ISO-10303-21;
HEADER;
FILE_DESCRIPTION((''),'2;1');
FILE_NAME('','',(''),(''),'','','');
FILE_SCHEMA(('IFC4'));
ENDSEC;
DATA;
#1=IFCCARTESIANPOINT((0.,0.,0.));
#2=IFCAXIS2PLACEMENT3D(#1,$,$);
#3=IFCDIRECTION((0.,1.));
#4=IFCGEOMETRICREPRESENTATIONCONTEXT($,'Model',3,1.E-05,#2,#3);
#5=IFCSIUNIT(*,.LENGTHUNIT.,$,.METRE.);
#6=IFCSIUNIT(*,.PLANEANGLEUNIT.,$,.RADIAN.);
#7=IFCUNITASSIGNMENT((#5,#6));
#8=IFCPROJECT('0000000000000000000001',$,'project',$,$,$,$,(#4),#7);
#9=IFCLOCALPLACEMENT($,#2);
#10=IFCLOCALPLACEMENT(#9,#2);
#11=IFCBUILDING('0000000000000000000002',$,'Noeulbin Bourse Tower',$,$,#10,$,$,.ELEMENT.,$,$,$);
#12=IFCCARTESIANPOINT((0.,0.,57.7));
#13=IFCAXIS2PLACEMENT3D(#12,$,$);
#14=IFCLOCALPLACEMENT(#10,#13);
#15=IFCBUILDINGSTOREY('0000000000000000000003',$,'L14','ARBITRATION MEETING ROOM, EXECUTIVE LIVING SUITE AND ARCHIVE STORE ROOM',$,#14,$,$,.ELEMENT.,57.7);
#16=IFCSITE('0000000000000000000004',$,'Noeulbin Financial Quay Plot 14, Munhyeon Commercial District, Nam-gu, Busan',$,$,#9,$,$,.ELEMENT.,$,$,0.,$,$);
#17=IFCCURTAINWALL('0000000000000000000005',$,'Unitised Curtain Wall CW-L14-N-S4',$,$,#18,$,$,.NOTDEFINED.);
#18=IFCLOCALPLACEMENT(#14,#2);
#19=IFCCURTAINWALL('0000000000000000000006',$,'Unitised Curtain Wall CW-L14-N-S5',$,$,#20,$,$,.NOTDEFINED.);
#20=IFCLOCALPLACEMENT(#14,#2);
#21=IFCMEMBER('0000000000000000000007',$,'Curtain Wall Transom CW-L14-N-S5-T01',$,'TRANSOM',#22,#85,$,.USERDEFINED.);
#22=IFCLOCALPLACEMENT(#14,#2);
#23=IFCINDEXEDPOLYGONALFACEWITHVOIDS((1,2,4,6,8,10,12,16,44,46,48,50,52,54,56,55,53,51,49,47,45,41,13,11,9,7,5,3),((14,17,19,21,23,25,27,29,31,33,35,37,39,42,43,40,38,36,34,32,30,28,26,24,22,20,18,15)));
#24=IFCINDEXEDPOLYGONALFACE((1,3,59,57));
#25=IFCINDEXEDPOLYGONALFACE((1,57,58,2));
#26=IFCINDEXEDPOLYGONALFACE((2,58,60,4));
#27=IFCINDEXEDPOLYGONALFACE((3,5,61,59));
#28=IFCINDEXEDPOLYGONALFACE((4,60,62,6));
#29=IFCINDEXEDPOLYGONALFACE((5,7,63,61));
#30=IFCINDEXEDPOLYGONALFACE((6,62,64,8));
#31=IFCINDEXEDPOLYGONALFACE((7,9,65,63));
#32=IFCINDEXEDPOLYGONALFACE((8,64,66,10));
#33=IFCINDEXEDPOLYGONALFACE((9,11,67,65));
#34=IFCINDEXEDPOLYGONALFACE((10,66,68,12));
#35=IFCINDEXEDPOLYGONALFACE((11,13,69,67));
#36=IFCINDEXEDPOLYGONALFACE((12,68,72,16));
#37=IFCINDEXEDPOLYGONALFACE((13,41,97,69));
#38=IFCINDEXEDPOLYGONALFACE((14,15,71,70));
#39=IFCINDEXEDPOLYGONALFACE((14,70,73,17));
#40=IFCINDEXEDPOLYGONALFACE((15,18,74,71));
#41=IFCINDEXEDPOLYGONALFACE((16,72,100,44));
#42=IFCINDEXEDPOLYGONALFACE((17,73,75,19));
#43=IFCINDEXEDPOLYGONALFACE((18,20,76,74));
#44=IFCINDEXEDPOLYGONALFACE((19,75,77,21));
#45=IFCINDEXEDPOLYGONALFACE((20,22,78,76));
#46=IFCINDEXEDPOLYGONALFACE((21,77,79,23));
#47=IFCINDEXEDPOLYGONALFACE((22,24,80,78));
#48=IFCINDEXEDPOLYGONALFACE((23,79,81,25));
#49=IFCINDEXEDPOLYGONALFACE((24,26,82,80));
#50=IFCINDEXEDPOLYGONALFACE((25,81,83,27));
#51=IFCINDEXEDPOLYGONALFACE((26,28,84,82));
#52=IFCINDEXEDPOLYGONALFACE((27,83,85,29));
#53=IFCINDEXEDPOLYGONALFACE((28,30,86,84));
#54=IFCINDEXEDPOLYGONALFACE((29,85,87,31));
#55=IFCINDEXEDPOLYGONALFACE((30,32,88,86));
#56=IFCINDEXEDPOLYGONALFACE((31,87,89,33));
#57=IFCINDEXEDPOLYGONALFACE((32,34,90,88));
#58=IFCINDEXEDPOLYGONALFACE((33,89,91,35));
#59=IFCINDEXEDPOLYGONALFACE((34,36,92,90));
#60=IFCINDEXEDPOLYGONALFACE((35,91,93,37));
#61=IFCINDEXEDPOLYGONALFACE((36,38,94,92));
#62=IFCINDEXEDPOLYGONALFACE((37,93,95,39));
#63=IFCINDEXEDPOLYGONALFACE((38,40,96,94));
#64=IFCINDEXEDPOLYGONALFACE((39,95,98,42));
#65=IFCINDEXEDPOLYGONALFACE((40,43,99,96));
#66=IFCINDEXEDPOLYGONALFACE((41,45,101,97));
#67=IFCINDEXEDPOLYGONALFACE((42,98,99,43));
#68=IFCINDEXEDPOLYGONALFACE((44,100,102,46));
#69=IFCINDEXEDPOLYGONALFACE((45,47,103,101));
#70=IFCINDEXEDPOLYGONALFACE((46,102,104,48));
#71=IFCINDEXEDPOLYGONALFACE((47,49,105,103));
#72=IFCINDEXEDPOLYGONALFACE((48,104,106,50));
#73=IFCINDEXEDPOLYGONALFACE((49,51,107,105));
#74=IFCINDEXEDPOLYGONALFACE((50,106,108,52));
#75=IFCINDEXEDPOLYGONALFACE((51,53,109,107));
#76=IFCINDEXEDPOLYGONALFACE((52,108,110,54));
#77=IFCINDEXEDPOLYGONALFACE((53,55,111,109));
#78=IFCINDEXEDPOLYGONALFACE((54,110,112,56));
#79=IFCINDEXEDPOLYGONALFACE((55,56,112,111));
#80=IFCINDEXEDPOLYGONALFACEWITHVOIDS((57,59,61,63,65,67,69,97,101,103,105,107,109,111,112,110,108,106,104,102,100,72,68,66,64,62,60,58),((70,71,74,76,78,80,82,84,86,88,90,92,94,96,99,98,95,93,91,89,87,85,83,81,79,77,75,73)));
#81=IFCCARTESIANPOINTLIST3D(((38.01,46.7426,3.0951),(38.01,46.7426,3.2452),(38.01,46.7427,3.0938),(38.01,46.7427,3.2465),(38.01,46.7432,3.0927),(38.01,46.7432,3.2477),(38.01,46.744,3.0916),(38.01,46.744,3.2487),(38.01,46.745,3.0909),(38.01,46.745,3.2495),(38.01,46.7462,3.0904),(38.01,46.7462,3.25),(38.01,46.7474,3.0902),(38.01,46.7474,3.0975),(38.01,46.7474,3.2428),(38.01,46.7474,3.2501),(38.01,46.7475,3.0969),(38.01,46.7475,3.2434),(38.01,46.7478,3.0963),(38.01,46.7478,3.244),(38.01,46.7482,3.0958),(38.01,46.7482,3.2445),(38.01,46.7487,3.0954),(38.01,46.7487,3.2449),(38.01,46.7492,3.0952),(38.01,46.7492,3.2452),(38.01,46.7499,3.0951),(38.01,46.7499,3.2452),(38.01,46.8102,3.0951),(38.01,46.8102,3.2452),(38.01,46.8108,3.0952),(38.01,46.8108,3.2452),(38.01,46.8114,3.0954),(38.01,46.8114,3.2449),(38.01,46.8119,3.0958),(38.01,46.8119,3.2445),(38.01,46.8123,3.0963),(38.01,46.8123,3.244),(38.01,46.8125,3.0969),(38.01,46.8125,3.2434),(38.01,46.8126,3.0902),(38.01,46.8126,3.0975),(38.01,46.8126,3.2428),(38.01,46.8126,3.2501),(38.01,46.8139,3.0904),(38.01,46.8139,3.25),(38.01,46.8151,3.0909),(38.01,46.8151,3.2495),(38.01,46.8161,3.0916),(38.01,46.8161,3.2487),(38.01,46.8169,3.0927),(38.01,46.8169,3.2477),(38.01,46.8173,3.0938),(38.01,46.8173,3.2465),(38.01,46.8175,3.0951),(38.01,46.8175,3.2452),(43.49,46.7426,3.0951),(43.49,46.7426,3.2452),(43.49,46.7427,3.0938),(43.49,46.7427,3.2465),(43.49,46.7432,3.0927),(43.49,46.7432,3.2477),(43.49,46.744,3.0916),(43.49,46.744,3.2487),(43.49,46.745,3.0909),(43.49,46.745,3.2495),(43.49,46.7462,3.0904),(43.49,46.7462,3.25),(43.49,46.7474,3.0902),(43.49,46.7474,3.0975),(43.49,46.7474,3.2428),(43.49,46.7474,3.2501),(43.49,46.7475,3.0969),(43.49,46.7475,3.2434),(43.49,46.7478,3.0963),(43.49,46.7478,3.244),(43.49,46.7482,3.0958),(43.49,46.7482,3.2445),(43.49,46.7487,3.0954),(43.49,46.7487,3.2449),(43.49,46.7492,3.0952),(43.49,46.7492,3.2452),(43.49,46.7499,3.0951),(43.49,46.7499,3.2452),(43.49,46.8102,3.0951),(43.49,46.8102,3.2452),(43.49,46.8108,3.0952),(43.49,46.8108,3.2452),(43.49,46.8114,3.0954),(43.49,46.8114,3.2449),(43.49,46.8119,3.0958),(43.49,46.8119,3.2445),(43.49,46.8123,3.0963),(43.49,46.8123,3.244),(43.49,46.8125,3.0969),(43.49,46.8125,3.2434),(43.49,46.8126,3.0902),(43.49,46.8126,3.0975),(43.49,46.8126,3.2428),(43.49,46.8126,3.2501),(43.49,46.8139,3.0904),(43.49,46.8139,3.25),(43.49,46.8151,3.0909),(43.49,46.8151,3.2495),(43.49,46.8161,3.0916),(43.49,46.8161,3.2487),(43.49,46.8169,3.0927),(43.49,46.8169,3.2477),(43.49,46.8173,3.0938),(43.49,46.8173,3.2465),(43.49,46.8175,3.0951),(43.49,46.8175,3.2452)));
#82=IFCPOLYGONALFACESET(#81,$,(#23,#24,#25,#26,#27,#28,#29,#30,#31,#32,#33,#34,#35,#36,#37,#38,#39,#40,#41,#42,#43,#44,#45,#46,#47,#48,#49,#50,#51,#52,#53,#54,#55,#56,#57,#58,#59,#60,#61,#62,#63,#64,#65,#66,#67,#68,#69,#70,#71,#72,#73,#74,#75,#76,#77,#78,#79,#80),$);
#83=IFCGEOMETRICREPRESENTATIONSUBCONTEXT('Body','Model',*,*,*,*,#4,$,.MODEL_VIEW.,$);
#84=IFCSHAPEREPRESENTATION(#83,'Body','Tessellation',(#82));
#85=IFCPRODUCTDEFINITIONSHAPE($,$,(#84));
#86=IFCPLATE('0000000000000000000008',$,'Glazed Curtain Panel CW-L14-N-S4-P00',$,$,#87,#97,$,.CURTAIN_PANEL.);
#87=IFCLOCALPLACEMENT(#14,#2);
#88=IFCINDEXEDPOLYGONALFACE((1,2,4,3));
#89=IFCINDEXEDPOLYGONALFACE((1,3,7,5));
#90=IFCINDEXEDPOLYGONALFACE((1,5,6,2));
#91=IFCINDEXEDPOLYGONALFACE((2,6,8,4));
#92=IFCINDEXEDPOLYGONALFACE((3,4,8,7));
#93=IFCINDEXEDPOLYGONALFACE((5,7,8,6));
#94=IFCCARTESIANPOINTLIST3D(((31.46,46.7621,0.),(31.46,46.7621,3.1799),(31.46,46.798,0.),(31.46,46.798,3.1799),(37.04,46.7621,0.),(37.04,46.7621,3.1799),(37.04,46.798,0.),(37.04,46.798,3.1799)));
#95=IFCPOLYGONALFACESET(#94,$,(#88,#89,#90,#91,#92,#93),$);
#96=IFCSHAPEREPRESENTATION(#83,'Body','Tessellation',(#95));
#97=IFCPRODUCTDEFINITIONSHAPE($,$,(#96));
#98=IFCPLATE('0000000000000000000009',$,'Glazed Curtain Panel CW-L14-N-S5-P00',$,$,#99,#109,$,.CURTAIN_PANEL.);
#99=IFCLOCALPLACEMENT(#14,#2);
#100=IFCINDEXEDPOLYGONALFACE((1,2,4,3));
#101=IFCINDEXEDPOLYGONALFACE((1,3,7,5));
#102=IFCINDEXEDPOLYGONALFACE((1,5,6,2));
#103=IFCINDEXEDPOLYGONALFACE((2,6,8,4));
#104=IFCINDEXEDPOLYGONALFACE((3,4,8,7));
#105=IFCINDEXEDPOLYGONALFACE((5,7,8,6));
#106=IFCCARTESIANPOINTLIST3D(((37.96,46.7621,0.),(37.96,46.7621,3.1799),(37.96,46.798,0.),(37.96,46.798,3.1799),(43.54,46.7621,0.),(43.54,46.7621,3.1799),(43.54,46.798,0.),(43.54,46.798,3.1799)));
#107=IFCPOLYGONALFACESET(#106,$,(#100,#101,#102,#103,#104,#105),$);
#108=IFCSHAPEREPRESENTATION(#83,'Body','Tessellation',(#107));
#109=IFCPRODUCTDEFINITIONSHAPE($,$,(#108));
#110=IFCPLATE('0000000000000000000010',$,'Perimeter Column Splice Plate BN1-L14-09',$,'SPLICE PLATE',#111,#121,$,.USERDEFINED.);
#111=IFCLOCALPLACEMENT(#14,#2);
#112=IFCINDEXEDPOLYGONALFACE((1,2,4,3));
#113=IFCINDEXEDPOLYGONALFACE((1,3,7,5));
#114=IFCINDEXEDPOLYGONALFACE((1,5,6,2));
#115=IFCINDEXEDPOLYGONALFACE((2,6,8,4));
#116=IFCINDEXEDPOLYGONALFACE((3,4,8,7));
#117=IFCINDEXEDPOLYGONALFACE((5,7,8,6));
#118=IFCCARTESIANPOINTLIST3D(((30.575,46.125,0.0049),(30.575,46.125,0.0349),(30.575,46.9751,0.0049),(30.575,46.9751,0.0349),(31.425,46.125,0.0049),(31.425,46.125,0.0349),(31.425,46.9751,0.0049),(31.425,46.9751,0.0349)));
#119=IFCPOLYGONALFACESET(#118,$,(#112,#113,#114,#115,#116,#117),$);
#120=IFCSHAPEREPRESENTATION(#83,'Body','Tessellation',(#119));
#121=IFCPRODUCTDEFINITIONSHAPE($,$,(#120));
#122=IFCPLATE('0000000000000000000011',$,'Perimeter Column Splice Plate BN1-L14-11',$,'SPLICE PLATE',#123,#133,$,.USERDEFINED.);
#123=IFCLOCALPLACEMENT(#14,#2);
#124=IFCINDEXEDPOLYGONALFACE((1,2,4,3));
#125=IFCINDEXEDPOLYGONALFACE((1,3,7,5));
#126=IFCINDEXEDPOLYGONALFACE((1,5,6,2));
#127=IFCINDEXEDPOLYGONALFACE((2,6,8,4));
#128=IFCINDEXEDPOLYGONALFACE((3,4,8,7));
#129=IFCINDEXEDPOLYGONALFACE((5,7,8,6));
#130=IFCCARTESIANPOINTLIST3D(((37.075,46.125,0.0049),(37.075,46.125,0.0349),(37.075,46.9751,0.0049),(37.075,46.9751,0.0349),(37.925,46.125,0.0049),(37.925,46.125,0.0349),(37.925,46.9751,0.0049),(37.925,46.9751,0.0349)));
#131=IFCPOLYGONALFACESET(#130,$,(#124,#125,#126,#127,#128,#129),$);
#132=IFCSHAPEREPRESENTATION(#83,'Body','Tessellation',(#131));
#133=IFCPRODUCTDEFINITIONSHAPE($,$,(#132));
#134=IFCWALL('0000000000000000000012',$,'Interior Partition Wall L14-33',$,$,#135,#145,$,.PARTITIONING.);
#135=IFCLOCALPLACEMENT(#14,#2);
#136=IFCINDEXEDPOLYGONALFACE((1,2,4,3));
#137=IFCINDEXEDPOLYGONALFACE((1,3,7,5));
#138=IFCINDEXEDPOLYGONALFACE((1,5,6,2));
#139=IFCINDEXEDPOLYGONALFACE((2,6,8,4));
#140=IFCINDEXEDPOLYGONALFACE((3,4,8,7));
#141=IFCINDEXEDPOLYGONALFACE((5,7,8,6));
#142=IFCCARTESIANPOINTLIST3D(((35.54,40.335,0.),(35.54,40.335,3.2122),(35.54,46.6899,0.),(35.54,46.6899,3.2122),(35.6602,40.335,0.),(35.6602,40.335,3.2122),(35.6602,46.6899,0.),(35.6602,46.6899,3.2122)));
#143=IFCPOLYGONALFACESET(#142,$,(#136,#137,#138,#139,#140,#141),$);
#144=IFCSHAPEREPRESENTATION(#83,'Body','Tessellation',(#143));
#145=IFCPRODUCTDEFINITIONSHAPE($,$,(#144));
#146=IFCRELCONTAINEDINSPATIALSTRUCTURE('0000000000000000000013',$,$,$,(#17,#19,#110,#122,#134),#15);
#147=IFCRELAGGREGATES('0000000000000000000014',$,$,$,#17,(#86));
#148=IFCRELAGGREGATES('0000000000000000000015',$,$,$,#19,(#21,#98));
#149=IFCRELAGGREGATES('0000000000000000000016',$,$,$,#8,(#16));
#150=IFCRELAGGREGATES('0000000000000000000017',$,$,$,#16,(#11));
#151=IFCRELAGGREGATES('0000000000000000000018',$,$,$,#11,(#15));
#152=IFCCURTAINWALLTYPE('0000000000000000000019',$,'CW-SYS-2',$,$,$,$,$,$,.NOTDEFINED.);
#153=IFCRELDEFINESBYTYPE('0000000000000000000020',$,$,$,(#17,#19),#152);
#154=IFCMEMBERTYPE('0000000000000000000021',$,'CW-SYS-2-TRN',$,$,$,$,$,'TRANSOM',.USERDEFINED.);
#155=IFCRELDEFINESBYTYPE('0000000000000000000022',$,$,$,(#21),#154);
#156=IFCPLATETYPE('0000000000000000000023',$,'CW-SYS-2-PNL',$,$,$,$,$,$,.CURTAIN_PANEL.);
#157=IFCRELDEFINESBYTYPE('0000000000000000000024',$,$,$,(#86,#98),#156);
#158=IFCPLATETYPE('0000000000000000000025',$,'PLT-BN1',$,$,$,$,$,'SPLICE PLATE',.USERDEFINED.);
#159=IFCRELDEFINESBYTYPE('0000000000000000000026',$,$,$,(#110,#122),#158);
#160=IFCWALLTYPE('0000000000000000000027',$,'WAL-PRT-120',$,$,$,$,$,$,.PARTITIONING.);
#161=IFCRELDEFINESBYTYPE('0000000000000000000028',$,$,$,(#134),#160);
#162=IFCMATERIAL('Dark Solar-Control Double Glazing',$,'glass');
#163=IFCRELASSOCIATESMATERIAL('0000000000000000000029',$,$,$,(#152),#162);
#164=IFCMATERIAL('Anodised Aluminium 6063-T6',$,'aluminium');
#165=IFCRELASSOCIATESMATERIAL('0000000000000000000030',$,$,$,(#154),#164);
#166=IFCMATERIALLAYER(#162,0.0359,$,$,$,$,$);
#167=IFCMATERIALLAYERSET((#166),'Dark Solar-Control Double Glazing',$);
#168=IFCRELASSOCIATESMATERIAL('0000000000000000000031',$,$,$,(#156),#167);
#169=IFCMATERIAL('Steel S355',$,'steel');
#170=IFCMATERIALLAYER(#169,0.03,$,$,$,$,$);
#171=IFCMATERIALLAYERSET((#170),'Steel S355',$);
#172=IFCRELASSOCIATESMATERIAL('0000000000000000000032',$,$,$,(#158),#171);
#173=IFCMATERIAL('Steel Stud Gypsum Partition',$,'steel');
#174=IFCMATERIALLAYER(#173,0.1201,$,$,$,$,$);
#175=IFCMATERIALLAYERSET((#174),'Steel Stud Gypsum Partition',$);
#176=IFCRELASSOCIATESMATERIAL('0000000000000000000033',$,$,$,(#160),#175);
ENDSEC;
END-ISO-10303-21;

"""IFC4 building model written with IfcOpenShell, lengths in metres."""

from ifc_helpers import new_model, si_unit, direction, frame, frame_2d, origin, origin_2d, place, context, subcontext, project, spatial, rectangle, hollow_rectangle, extrude, material, layer, layer_set, material_profile, profile_set, type_object, element, aggregate, save


model = new_model("IFC4")

# Units and contexts
model_context = context("Model", 3, precision=1e-05, world=origin(), true_north=direction((0.0, 1.0)))
body_context = subcontext(model_context, "Body", "Model", "MODEL_VIEW")
ifc_project = project(units=[si_unit("LENGTHUNIT", "METRE"), si_unit("PLANEANGLEUNIT", "RADIAN")], contexts=[model_context])

# Site, building, storey
site_placement = place(None, origin())
site = spatial("IfcSite", under=ifc_project, at=site_placement, Name="Noeulbin Financial Quay Plot 14, Munhyeon Commercial District, Nam-gu, Busan", CompositionType="ELEMENT", RefElevation=0.0)
building_placement = place(site_placement, origin())
building = spatial("IfcBuilding", under=site, at=building_placement, Name="Noeulbin Bourse Tower", CompositionType="ELEMENT")
storey_placement = place(building_placement, frame((0.0, 0.0, 57.7)))
storey = spatial("IfcBuildingStorey", under=building, at=storey_placement, Name="L14", Description="ARBITRATION MEETING ROOM, EXECUTIVE LIVING SUITE AND ARCHIVE STORE ROOM", CompositionType="ELEMENT", Elevation=57.7)

# Shared definitions
ifc_material_1 = material(Name="Steel S355", Category="steel")

# Shared definitions
ifc_material_2 = material(Name="Dark Solar-Control Double Glazing", Category="glass")
curtain_wall_type = type_object("IfcCurtainWallType", Name="CW-SYS-2", PredefinedType="NOTDEFINED", material=ifc_material_2)
ifc_material_3 = material(Name="Anodised Aluminium 6063-T6", Category="aluminium")

# Curtain wall
curtain_wall_1_placement = place(storey_placement, origin())
curtain_wall_1 = element("IfcCurtainWall", 1, at=curtain_wall_1_placement, inside=storey, type_object=curtain_wall_type, Name="Unitised Curtain Wall CW-L14-N-S4", PredefinedType="NOTDEFINED")

# Curtain wall
curtain_wall_2_placement = place(storey_placement, origin())
curtain_wall_2 = element("IfcCurtainWall", 2, at=curtain_wall_2_placement, inside=storey, type_object=curtain_wall_type, Name="Unitised Curtain Wall CW-L14-N-S5", PredefinedType="NOTDEFINED")

# Member
ifc_material_profile_1 = material_profile(ifc_material_3, hollow_rectangle(XDim=0.075, YDim=0.1599, WallThickness=0.0049, InnerFilletRadius=0.0024, OuterFilletRadius=0.0049, at=origin_2d()), Name="ALU-TRAN-75x160x5", Category="LoadBearing")
ifc_profile_set_1 = profile_set([ifc_material_profile_1], Name="Anodised Aluminium 6063-T6")
member_type_1 = type_object("IfcMemberType", Name="CW-SYS-2-TRN", ElementType="TRANSOM", PredefinedType="USERDEFINED", material=ifc_profile_set_1)
member_1_placement = place(storey_placement, frame((38.01, 46.78, 3.1702), z_axis=(1.0, 0.0, 0.0), x_axis=(0.0, 1.0, 0.0)))
member_1 = element("IfcMember", 3, at=member_1_placement, type_object=member_type_1, Name="Curtain Wall Transom CW-L14-N-S5-T01", ObjectType="TRANSOM", PredefinedType="USERDEFINED", context=body_context, shape_type="SweptSolid", body=[
    extrude(hollow_rectangle(XDim=0.075, YDim=0.1599, WallThickness=0.0049, InnerFilletRadius=0.0024, OuterFilletRadius=0.0049, at=origin_2d()), origin(), (0.0, 0.0, 1.0), 5.48),
])

# Plates
ifc_layer_1 = layer(ifc_material_2, 0.0359)
ifc_layer_set_1 = layer_set([ifc_layer_1], Name="Dark Solar-Control Double Glazing")
plate_type_1 = type_object("IfcPlateType", Name="CW-SYS-2-PNL", PredefinedType="CURTAIN_PANEL", material=ifc_layer_set_1)
plate_1_placement = place(storey_placement, frame((34.25, 46.78, 0.0), z_axis=(0.0, 0.0, 1.0), x_axis=(1.0, 0.0, 0.0)))
plate_1 = element("IfcPlate", 4, at=plate_1_placement, type_object=plate_type_1, Name="Glazed Curtain Panel CW-L14-N-S4-P00", PredefinedType="CURTAIN_PANEL", context=body_context, shape_type="SweptSolid", body=[
    extrude(rectangle(XDim=5.5801, YDim=0.0359, at=origin_2d()), origin(), (0.0, 0.0, 1.0), 3.1799),
])
aggregate(curtain_wall_1, [plate_1])
plate_2_placement = place(storey_placement, frame((40.75, 46.78, 0.0), z_axis=(0.0, 0.0, 1.0), x_axis=(1.0, 0.0, 0.0)))
plate_2 = element("IfcPlate", 5, at=plate_2_placement, type_object=plate_type_1, Name="Glazed Curtain Panel CW-L14-N-S5-P00", PredefinedType="CURTAIN_PANEL", context=body_context, shape_type="SweptSolid", body=[
    extrude(rectangle(XDim=5.5801, YDim=0.0359, at=origin_2d()), origin(), (0.0, 0.0, 1.0), 3.1799),
])
aggregate(curtain_wall_2, [member_1, plate_2])

# Plates
ifc_layer_2 = layer(ifc_material_1, 0.03)
ifc_layer_set_2 = layer_set([ifc_layer_2], Name="Steel S355")
plate_type_2 = type_object("IfcPlateType", Name="PLT-BN1", ElementType="SPLICE PLATE", PredefinedType="USERDEFINED", material=ifc_layer_set_2)
for number, where, z_axis, x_axis, name in (
    (6, (31.0, 46.55, 0.0049), (0.0, 0.0, 1.0), (1.0, 0.0, 0.0), "Perimeter Column Splice Plate BN1-L14-09"),
    (7, (37.5, 46.55, 0.0049), (0.0, 0.0, 1.0), (1.0, 0.0, 0.0), "Perimeter Column Splice Plate BN1-L14-11"),
):
    element("IfcPlate", number, at=place(storey_placement, frame(where, z_axis=z_axis, x_axis=x_axis)), inside=storey, type_object=plate_type_2, Name=name, ObjectType="SPLICE PLATE", PredefinedType="USERDEFINED", context=body_context, shape_type="SweptSolid", body=[
        extrude(rectangle(XDim=0.8501, YDim=0.8501, at=origin_2d()), origin(), (0.0, 0.0, 1.0), 0.03),
    ])

# Wall
ifc_material_4 = material(Name="Steel Stud Gypsum Partition", Category="steel")
ifc_layer_3 = layer(ifc_material_4, 0.1201)
ifc_layer_set_3 = layer_set([ifc_layer_3], Name="Steel Stud Gypsum Partition")
wall_type = type_object("IfcWallType", Name="WAL-PRT-120", PredefinedType="PARTITIONING", material=ifc_layer_set_3)
wall_placement = place(storey_placement, frame((35.6001, 40.335, 0.0), z_axis=(0.0, 0.0, 1.0), x_axis=(0.0, 1.0, 0.0)))
element("IfcWall", 8, at=wall_placement, inside=storey, type_object=wall_type, Name="Interior Partition Wall L14-33", PredefinedType="PARTITIONING", context=body_context, shape_type="SweptSolid", body=[
    extrude(rectangle(XDim=6.355, YDim=0.1201, at=frame_2d((3.1775, 0.0))), origin(), (0.0, 0.0, 1.0), 3.2122),
])

save(model, "model.ifc")
